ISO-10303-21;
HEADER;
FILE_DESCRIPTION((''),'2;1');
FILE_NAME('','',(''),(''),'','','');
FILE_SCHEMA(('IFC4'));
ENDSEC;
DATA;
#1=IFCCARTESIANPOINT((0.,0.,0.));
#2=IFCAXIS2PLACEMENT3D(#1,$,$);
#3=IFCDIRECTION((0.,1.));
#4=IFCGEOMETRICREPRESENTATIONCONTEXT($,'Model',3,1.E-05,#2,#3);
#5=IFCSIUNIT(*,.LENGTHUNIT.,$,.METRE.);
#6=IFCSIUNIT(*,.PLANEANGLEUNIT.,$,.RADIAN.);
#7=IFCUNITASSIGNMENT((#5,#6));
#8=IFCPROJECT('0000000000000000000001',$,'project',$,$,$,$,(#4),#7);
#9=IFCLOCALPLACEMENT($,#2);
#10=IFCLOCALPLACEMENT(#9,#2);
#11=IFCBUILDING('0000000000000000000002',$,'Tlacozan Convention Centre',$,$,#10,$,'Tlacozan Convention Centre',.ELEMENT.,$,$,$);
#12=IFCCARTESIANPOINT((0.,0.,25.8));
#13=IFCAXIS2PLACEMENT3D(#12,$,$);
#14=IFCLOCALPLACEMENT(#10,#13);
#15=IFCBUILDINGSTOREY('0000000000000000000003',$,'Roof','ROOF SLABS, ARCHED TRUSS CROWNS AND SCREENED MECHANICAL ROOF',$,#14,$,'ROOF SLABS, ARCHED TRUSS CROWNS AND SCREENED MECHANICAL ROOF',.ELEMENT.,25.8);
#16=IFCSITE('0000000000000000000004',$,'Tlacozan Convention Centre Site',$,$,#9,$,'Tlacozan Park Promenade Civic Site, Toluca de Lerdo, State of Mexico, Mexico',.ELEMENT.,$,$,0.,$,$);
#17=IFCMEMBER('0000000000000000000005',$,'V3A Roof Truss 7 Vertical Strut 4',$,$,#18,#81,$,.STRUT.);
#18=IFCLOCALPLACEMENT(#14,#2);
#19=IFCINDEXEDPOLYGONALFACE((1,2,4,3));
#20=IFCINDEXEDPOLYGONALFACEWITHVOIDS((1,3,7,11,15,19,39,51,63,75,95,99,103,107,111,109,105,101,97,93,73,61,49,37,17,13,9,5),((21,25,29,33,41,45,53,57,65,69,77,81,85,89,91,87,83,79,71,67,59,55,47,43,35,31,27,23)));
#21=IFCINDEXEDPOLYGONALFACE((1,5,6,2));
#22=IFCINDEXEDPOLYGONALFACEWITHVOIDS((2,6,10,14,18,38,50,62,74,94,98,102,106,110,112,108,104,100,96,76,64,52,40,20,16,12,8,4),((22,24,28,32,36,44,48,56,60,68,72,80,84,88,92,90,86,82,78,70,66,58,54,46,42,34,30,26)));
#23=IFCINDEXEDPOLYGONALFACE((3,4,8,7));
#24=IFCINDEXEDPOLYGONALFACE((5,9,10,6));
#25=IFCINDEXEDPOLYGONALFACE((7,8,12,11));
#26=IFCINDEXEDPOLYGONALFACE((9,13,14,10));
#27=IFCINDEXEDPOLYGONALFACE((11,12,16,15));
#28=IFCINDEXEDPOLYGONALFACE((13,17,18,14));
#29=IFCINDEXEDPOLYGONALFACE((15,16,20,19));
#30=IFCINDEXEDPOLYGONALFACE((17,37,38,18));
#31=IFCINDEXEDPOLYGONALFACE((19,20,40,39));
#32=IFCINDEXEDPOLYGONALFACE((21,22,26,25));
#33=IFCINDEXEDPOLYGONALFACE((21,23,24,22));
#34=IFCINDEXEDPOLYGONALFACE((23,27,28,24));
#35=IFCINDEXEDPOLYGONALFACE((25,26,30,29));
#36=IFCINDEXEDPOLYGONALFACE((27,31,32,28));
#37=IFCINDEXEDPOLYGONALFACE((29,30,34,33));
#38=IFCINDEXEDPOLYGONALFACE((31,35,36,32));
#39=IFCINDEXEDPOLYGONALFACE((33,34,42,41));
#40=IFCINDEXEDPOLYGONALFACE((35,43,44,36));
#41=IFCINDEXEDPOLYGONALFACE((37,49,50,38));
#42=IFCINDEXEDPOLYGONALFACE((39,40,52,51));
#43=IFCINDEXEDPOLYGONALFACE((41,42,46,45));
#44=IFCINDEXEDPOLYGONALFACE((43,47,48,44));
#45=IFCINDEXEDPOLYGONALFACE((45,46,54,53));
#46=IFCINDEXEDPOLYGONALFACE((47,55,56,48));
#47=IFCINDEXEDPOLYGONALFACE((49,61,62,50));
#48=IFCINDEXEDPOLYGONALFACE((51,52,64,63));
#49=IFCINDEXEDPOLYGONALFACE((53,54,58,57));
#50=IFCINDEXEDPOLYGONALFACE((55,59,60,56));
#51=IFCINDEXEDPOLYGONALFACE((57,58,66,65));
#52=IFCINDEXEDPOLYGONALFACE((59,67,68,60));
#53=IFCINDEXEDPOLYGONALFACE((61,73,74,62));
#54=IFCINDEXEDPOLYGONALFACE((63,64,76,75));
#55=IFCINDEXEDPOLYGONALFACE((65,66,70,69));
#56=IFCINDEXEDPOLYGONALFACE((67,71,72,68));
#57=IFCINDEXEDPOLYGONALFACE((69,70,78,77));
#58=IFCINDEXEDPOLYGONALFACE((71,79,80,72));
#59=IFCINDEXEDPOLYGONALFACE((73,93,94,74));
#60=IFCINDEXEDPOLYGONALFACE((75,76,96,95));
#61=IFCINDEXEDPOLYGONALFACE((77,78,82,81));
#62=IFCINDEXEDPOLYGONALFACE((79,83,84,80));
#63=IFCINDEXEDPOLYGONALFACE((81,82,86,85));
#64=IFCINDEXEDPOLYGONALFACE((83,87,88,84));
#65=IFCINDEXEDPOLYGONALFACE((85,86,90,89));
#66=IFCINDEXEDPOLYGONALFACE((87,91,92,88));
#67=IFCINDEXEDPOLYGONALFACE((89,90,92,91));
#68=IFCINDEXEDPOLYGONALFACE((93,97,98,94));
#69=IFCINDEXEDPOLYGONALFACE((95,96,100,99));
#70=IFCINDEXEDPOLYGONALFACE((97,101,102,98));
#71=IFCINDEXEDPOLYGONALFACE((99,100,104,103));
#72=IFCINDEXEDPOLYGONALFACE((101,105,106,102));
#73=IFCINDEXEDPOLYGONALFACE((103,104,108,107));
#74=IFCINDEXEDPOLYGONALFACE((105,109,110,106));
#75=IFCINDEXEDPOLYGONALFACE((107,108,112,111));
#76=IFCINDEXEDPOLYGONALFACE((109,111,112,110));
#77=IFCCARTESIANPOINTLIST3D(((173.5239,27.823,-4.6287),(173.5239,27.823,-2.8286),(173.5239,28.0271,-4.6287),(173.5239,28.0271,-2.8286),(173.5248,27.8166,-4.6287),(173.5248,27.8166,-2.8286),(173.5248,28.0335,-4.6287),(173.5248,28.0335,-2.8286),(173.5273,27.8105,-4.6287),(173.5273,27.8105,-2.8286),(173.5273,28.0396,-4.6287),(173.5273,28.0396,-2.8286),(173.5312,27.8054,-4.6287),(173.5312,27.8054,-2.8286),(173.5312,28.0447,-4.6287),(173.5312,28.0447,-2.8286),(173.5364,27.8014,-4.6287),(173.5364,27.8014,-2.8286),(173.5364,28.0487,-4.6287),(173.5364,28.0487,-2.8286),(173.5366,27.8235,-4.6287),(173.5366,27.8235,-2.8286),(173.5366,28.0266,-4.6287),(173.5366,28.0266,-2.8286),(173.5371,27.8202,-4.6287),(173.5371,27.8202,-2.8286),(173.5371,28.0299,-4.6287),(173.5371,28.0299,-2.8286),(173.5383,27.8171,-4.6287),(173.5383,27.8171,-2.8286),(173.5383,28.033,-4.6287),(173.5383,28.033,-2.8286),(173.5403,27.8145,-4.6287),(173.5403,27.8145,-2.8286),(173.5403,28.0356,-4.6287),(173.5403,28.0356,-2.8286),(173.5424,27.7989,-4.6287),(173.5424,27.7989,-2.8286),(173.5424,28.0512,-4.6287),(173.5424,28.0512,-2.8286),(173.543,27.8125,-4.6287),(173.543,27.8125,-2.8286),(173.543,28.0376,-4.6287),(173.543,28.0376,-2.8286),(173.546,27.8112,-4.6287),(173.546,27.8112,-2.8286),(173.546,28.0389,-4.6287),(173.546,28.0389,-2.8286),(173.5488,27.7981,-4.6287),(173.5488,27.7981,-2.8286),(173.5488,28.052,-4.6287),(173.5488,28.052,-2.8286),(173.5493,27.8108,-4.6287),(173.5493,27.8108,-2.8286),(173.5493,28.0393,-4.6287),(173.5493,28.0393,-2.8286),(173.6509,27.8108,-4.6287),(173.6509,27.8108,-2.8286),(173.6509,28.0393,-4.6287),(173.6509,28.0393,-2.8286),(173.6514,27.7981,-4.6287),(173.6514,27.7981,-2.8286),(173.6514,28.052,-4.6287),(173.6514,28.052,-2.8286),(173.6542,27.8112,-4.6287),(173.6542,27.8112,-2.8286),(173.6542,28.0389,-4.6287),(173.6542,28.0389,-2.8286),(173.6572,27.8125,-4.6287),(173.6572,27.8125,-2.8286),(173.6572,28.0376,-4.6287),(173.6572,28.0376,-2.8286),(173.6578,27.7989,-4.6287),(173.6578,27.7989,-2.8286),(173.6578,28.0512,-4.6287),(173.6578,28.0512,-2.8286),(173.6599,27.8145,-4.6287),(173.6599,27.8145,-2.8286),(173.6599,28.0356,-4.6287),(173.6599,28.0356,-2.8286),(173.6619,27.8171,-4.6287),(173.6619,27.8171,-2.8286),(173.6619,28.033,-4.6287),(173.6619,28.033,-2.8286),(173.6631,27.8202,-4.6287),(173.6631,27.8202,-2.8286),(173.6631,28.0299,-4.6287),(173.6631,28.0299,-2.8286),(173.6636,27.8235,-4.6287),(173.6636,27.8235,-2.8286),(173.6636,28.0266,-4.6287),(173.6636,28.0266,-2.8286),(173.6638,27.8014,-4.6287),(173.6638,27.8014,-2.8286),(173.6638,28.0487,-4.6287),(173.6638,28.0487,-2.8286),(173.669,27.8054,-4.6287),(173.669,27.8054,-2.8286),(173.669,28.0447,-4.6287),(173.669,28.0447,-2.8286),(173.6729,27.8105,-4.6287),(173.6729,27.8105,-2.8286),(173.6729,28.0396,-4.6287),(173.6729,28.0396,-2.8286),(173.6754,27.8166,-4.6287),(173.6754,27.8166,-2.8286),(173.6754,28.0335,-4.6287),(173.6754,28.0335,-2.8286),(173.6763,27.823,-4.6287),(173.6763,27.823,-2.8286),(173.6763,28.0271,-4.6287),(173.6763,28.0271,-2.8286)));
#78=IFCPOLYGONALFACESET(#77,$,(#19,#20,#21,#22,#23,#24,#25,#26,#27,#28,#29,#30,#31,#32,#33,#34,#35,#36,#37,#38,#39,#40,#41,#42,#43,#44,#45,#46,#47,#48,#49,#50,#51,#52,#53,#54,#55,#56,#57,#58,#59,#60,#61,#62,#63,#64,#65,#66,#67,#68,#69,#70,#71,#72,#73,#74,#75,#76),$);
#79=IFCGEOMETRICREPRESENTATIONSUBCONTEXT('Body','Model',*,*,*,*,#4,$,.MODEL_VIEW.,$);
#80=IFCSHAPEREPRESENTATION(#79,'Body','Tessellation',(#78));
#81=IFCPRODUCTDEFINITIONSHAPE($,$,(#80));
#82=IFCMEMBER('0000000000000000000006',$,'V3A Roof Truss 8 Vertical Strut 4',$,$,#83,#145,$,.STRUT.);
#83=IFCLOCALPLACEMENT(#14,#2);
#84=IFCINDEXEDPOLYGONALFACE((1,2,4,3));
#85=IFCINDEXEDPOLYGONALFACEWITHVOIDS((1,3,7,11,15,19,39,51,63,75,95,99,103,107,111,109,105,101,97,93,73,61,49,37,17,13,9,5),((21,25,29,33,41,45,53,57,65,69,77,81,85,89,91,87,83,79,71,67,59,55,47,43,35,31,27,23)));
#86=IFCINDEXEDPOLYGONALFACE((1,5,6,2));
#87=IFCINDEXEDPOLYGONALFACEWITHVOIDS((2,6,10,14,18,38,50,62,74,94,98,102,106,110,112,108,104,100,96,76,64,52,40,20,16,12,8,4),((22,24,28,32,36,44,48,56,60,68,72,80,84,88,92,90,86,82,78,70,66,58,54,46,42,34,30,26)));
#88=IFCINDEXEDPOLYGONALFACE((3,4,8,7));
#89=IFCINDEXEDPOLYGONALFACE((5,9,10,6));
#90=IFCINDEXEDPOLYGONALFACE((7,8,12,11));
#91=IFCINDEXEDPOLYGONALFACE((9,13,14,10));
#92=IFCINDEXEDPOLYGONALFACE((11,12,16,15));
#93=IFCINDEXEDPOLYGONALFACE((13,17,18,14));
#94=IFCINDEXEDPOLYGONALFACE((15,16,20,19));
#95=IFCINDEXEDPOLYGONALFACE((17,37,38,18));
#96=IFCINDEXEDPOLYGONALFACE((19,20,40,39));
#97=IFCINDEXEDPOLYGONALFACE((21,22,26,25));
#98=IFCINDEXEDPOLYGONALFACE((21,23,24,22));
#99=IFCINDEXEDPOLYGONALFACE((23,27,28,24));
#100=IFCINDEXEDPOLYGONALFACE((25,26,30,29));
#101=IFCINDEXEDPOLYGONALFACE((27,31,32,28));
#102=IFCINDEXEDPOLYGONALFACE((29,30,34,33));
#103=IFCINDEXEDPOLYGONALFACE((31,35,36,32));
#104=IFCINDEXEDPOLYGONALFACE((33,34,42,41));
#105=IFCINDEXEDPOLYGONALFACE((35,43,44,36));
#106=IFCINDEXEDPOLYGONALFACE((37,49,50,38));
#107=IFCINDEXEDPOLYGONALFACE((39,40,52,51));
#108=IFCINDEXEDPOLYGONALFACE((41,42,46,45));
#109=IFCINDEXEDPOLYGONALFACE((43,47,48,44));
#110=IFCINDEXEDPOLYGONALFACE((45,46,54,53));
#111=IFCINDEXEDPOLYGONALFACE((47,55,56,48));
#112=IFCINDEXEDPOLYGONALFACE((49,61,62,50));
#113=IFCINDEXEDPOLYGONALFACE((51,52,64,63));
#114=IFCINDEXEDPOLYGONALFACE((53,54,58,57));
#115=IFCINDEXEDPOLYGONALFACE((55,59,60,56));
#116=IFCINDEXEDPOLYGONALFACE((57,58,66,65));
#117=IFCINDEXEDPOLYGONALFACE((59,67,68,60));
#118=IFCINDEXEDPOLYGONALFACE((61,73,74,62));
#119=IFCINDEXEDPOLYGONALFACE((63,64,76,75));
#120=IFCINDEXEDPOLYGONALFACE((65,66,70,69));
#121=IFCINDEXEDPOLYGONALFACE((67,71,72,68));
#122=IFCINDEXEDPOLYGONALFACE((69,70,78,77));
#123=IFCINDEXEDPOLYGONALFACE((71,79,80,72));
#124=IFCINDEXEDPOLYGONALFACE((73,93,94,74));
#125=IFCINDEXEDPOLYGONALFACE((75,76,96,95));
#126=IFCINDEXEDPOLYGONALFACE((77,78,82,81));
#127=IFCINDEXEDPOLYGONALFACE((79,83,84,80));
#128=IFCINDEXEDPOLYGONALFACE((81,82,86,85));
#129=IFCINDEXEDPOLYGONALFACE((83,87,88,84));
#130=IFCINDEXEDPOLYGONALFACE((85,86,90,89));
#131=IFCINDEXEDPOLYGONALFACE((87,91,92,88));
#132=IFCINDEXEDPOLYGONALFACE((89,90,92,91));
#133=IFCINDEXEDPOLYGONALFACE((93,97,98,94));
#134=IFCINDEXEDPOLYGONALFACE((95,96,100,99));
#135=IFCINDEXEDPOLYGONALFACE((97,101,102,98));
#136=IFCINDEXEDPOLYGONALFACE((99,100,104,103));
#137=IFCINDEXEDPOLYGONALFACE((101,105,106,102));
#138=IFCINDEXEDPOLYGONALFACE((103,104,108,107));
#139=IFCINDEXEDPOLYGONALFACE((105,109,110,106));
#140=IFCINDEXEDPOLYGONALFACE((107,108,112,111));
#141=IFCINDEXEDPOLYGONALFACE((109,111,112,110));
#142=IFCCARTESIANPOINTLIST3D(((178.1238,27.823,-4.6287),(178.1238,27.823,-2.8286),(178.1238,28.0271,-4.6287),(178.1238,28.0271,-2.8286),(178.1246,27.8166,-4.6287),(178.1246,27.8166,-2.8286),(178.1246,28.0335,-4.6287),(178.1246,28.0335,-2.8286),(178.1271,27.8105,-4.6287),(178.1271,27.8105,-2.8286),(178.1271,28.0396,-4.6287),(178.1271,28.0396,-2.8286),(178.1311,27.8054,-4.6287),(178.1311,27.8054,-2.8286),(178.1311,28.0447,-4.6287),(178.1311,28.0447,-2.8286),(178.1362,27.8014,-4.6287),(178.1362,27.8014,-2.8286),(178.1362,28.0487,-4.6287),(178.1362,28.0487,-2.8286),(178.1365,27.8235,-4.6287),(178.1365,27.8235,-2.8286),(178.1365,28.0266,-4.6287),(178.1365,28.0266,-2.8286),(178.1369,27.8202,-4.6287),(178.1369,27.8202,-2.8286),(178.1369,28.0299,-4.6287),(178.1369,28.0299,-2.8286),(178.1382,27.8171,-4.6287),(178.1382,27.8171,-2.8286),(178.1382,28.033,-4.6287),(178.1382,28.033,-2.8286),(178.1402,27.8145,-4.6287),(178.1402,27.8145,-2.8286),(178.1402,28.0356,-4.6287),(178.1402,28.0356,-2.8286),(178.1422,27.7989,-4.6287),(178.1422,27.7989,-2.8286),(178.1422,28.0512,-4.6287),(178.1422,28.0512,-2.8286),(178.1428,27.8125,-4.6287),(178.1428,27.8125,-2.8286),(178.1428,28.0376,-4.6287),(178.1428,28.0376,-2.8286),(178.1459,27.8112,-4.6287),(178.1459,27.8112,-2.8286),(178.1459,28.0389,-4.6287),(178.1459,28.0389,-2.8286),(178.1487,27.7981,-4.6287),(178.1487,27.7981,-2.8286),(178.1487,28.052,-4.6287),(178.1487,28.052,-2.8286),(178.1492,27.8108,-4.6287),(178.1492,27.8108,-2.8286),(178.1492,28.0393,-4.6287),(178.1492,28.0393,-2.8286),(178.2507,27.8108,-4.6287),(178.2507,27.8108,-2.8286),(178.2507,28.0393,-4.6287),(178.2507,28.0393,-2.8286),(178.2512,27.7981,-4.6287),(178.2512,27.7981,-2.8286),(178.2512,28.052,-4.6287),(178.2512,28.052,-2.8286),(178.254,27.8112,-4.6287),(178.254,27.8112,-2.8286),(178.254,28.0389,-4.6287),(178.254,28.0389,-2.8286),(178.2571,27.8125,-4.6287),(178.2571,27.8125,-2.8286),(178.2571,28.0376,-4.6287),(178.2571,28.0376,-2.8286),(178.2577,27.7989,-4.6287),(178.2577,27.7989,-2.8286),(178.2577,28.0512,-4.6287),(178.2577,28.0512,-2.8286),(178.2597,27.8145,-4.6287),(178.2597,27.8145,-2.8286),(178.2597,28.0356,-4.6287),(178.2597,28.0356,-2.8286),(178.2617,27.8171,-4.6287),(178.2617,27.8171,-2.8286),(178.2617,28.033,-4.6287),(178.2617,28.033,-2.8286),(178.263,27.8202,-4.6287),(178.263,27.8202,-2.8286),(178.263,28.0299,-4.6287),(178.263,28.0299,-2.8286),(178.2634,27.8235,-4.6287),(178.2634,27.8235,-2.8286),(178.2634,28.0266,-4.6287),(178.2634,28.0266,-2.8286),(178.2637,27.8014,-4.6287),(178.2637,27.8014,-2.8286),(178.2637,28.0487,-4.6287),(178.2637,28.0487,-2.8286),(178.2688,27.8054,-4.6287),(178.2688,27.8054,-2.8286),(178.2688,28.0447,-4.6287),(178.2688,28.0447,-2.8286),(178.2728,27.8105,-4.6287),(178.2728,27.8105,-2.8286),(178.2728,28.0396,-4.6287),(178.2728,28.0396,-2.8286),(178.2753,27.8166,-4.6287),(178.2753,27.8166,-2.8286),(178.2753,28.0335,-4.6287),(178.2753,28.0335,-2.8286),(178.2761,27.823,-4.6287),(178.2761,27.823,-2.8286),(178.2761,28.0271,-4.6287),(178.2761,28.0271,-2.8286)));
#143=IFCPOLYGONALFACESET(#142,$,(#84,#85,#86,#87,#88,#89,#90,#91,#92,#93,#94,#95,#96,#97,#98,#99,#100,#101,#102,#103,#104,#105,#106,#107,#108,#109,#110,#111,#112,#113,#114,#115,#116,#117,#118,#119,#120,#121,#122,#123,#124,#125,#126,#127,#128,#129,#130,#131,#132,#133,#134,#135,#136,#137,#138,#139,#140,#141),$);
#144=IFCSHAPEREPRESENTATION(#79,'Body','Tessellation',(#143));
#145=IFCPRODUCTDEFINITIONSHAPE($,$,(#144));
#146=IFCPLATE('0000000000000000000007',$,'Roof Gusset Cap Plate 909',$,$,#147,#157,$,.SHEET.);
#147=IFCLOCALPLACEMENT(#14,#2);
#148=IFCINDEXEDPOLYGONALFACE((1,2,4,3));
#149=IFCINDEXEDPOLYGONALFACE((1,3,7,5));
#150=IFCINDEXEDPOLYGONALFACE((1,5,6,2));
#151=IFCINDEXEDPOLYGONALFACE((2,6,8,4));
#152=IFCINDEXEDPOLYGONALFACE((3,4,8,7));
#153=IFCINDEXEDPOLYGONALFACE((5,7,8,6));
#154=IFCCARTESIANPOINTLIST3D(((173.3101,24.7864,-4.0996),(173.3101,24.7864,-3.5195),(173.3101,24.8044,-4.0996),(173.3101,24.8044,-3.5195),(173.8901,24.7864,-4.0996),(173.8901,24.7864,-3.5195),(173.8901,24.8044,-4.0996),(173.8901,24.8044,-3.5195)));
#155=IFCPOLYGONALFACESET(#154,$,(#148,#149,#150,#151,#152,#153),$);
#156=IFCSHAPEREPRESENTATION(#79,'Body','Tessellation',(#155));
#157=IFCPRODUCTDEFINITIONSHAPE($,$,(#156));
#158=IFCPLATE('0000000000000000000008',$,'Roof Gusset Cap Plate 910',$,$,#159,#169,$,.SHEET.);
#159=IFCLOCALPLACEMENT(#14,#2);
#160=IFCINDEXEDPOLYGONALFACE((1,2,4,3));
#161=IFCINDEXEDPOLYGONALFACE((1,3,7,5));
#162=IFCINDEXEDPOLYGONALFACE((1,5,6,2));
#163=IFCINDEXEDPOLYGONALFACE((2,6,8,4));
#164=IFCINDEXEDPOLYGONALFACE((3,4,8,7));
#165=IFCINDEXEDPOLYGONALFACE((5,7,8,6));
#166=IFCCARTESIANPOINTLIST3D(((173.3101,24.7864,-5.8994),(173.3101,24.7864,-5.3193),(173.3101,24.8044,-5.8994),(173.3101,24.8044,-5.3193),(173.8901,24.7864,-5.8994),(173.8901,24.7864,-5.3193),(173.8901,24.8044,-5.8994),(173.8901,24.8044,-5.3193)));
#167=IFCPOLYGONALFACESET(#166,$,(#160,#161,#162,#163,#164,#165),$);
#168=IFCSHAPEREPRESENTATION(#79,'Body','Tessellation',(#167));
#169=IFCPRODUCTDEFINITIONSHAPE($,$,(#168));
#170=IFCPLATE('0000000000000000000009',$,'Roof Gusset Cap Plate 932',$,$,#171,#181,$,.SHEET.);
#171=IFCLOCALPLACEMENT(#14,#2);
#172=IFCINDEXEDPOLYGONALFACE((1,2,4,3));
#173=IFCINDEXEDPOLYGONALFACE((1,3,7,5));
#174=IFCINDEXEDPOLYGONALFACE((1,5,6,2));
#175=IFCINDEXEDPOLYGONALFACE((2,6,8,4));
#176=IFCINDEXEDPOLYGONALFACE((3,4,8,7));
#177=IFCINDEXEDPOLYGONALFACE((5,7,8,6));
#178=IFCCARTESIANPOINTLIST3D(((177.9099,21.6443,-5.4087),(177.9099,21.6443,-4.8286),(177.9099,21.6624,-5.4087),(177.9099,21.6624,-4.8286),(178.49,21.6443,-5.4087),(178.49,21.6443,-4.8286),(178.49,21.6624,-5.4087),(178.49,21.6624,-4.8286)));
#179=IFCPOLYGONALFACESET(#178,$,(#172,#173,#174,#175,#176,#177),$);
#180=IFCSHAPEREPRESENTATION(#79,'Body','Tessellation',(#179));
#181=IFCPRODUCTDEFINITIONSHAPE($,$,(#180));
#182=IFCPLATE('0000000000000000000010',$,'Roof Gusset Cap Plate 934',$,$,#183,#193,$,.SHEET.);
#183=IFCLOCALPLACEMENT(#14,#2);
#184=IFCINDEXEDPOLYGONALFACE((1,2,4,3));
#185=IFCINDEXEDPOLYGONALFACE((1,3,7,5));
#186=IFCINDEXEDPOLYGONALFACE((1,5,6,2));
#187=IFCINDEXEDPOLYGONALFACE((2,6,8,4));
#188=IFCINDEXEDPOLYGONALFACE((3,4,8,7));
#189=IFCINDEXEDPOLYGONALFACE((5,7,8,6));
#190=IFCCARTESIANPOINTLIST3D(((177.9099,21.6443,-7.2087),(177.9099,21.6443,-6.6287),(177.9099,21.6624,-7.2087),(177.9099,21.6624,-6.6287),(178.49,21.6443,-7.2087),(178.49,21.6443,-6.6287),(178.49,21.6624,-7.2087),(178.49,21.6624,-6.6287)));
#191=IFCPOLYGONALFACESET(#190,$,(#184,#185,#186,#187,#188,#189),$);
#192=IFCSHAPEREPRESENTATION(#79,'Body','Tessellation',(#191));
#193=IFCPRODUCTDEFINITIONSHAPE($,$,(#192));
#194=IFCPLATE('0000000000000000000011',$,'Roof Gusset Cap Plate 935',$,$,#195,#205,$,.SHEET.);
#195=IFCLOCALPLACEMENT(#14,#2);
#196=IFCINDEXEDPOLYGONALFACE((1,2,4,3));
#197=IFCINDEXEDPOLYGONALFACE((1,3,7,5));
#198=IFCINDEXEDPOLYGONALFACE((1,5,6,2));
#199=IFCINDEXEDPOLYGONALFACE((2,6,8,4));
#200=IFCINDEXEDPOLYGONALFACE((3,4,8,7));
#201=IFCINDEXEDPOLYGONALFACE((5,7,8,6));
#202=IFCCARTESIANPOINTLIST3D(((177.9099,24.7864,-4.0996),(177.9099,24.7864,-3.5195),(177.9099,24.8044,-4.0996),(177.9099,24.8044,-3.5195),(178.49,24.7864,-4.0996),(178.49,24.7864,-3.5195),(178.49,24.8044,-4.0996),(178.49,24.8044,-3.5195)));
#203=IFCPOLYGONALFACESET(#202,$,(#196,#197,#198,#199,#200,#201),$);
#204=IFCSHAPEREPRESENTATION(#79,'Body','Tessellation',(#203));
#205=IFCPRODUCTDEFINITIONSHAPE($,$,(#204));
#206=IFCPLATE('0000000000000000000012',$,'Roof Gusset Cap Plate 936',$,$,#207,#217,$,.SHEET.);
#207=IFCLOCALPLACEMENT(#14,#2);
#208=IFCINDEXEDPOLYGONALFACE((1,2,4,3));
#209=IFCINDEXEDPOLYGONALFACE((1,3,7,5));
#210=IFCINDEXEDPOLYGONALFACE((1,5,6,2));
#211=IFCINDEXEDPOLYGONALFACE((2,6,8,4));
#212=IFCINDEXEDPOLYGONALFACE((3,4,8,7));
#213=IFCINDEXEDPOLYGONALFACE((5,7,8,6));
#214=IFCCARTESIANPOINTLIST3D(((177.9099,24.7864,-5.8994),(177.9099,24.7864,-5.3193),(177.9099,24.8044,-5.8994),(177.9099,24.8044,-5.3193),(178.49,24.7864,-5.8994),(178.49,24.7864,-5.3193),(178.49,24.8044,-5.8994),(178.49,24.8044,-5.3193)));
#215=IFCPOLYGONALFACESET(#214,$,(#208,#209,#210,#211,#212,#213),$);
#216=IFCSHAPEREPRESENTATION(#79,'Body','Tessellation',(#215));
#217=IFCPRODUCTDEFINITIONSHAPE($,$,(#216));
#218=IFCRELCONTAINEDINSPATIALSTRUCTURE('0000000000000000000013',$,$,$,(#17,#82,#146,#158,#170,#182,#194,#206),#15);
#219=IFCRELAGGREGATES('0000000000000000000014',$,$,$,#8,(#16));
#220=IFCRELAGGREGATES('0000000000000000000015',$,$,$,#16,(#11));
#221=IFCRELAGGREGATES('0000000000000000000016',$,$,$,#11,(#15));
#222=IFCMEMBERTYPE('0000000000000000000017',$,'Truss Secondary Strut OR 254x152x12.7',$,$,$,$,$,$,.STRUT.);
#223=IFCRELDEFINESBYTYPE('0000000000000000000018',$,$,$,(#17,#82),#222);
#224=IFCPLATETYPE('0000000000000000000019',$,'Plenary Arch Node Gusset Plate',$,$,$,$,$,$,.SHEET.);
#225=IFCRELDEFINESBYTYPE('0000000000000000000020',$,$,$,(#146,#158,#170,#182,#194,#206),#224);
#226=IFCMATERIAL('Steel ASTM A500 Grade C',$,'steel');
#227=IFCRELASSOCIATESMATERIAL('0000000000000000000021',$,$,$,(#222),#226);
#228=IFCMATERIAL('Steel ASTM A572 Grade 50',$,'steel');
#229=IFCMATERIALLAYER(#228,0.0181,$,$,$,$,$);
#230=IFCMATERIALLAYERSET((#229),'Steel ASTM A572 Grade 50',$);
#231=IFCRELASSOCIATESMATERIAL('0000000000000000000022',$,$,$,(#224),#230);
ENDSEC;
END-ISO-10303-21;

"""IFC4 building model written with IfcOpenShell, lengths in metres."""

from ifc_helpers import new_model, si_unit, direction, frame, origin, origin_2d, place, context, subcontext, project, spatial, rectangle, hollow_rectangle, extrude, material, layer, layer_set, material_profile, profile_set, type_object, element, save


model = new_model("IFC4")

# Units and contexts
model_context = context("Model", 3, precision=1e-05, world=origin(), true_north=direction((0.0, 1.0)))
body_context = subcontext(model_context, "Body", "Model", "MODEL_VIEW")
ifc_project = project(units=[si_unit("LENGTHUNIT", "METRE"), si_unit("PLANEANGLEUNIT", "RADIAN")], contexts=[model_context])

# Site, building, storey
site_placement = place(None, origin())
site = spatial("IfcSite", under=ifc_project, at=site_placement, Name="Tlacozan Convention Centre Site", LongName="Tlacozan Park Promenade Civic Site, Toluca de Lerdo, State of Mexico, Mexico", CompositionType="ELEMENT", RefElevation=0.0)
building_placement = place(site_placement, origin())
building = spatial("IfcBuilding", under=site, at=building_placement, Name="Tlacozan Convention Centre", LongName="Tlacozan Convention Centre", CompositionType="ELEMENT")
storey_placement = place(building_placement, frame((0.0, 0.0, 25.8)))
storey = spatial("IfcBuildingStorey", under=building, at=storey_placement, Name="Roof", Description="ROOF SLABS, ARCHED TRUSS CROWNS AND SCREENED MECHANICAL ROOF", LongName="ROOF SLABS, ARCHED TRUSS CROWNS AND SCREENED MECHANICAL ROOF", CompositionType="ELEMENT", Elevation=25.8)

# Members
ifc_material_1 = material(Name="Steel ASTM A500 Grade C", Category="steel")
ifc_material_profile_1 = material_profile(ifc_material_1, hollow_rectangle(XDim=0.1523, YDim=0.2539, WallThickness=0.0127, InnerFilletRadius=0.0127, OuterFilletRadius=0.0249, at=origin_2d()), Name="OR 254x152x12.7")
ifc_profile_set_1 = profile_set([ifc_material_profile_1], Name="Steel ASTM A500 Grade C")
member_type_1 = type_object("IfcMemberType", Name="Truss Secondary Strut OR 254x152x12.7", PredefinedType="STRUT", material=ifc_profile_set_1)
for number, where, z_axis, x_axis, name in (
    (1, (173.6001, 27.925, -4.6287), (0.0, 0.0, 1.0), (1.0, 0.0, 0.0), "V3A Roof Truss 7 Vertical Strut 4"),
    (2, (178.2, 27.925, -4.6287), (0.0, 0.0, 1.0), (1.0, 0.0, 0.0), "V3A Roof Truss 8 Vertical Strut 4"),
):
    element("IfcMember", number, at=place(storey_placement, frame(where, z_axis=z_axis, x_axis=x_axis)), inside=storey, type_object=member_type_1, Name=name, PredefinedType="STRUT", context=body_context, shape_type="SweptSolid", body=[
        extrude(hollow_rectangle(XDim=0.1523, YDim=0.2539, WallThickness=0.0127, InnerFilletRadius=0.0127, OuterFilletRadius=0.0249, at=origin_2d()), origin(), (0.0, 0.0, 1.0), 1.8),
    ])

# Plates
ifc_material_2 = material(Name="Steel ASTM A572 Grade 50", Category="steel")
ifc_layer = layer(ifc_material_2, 0.0181)
ifc_layer_set = layer_set([ifc_layer], Name="Steel ASTM A572 Grade 50")
plate_type = type_object("IfcPlateType", Name="Plenary Arch Node Gusset Plate", PredefinedType="SHEET", material=ifc_layer_set)
for number, where, z_axis, x_axis, name in (
    (3, (173.6001, 24.7954, -4.0996), (0.0, 0.0, 1.0), (0.0, 1.0, 0.0), "Roof Gusset Cap Plate 909"),
    (4, (173.6001, 24.7954, -5.8994), (0.0, 0.0, 1.0), (0.0, 1.0, 0.0), "Roof Gusset Cap Plate 910"),
    (5, (178.2, 21.6533, -5.4087), (0.0, 0.0, 1.0), (0.0, 1.0, 0.0), "Roof Gusset Cap Plate 932"),
    (6, (178.2, 21.6533, -7.2087), (0.0, 0.0, 1.0), (0.0, 1.0, 0.0), "Roof Gusset Cap Plate 934"),
    (7, (178.2, 24.7954, -4.0996), (0.0, 0.0, 1.0), (0.0, 1.0, 0.0), "Roof Gusset Cap Plate 935"),
    (8, (178.2, 24.7954, -5.8994), (0.0, 0.0, 1.0), (0.0, 1.0, 0.0), "Roof Gusset Cap Plate 936"),
):
    element("IfcPlate", number, at=place(storey_placement, frame(where, z_axis=z_axis, x_axis=x_axis)), inside=storey, type_object=plate_type, Name=name, PredefinedType="SHEET", context=body_context, shape_type="SweptSolid", body=[
        extrude(rectangle(XDim=0.0181, YDim=0.5801, at=origin_2d()), origin(), (0.0, 0.0, 1.0), 0.5801),
    ])

save(model, "model.ifc")
